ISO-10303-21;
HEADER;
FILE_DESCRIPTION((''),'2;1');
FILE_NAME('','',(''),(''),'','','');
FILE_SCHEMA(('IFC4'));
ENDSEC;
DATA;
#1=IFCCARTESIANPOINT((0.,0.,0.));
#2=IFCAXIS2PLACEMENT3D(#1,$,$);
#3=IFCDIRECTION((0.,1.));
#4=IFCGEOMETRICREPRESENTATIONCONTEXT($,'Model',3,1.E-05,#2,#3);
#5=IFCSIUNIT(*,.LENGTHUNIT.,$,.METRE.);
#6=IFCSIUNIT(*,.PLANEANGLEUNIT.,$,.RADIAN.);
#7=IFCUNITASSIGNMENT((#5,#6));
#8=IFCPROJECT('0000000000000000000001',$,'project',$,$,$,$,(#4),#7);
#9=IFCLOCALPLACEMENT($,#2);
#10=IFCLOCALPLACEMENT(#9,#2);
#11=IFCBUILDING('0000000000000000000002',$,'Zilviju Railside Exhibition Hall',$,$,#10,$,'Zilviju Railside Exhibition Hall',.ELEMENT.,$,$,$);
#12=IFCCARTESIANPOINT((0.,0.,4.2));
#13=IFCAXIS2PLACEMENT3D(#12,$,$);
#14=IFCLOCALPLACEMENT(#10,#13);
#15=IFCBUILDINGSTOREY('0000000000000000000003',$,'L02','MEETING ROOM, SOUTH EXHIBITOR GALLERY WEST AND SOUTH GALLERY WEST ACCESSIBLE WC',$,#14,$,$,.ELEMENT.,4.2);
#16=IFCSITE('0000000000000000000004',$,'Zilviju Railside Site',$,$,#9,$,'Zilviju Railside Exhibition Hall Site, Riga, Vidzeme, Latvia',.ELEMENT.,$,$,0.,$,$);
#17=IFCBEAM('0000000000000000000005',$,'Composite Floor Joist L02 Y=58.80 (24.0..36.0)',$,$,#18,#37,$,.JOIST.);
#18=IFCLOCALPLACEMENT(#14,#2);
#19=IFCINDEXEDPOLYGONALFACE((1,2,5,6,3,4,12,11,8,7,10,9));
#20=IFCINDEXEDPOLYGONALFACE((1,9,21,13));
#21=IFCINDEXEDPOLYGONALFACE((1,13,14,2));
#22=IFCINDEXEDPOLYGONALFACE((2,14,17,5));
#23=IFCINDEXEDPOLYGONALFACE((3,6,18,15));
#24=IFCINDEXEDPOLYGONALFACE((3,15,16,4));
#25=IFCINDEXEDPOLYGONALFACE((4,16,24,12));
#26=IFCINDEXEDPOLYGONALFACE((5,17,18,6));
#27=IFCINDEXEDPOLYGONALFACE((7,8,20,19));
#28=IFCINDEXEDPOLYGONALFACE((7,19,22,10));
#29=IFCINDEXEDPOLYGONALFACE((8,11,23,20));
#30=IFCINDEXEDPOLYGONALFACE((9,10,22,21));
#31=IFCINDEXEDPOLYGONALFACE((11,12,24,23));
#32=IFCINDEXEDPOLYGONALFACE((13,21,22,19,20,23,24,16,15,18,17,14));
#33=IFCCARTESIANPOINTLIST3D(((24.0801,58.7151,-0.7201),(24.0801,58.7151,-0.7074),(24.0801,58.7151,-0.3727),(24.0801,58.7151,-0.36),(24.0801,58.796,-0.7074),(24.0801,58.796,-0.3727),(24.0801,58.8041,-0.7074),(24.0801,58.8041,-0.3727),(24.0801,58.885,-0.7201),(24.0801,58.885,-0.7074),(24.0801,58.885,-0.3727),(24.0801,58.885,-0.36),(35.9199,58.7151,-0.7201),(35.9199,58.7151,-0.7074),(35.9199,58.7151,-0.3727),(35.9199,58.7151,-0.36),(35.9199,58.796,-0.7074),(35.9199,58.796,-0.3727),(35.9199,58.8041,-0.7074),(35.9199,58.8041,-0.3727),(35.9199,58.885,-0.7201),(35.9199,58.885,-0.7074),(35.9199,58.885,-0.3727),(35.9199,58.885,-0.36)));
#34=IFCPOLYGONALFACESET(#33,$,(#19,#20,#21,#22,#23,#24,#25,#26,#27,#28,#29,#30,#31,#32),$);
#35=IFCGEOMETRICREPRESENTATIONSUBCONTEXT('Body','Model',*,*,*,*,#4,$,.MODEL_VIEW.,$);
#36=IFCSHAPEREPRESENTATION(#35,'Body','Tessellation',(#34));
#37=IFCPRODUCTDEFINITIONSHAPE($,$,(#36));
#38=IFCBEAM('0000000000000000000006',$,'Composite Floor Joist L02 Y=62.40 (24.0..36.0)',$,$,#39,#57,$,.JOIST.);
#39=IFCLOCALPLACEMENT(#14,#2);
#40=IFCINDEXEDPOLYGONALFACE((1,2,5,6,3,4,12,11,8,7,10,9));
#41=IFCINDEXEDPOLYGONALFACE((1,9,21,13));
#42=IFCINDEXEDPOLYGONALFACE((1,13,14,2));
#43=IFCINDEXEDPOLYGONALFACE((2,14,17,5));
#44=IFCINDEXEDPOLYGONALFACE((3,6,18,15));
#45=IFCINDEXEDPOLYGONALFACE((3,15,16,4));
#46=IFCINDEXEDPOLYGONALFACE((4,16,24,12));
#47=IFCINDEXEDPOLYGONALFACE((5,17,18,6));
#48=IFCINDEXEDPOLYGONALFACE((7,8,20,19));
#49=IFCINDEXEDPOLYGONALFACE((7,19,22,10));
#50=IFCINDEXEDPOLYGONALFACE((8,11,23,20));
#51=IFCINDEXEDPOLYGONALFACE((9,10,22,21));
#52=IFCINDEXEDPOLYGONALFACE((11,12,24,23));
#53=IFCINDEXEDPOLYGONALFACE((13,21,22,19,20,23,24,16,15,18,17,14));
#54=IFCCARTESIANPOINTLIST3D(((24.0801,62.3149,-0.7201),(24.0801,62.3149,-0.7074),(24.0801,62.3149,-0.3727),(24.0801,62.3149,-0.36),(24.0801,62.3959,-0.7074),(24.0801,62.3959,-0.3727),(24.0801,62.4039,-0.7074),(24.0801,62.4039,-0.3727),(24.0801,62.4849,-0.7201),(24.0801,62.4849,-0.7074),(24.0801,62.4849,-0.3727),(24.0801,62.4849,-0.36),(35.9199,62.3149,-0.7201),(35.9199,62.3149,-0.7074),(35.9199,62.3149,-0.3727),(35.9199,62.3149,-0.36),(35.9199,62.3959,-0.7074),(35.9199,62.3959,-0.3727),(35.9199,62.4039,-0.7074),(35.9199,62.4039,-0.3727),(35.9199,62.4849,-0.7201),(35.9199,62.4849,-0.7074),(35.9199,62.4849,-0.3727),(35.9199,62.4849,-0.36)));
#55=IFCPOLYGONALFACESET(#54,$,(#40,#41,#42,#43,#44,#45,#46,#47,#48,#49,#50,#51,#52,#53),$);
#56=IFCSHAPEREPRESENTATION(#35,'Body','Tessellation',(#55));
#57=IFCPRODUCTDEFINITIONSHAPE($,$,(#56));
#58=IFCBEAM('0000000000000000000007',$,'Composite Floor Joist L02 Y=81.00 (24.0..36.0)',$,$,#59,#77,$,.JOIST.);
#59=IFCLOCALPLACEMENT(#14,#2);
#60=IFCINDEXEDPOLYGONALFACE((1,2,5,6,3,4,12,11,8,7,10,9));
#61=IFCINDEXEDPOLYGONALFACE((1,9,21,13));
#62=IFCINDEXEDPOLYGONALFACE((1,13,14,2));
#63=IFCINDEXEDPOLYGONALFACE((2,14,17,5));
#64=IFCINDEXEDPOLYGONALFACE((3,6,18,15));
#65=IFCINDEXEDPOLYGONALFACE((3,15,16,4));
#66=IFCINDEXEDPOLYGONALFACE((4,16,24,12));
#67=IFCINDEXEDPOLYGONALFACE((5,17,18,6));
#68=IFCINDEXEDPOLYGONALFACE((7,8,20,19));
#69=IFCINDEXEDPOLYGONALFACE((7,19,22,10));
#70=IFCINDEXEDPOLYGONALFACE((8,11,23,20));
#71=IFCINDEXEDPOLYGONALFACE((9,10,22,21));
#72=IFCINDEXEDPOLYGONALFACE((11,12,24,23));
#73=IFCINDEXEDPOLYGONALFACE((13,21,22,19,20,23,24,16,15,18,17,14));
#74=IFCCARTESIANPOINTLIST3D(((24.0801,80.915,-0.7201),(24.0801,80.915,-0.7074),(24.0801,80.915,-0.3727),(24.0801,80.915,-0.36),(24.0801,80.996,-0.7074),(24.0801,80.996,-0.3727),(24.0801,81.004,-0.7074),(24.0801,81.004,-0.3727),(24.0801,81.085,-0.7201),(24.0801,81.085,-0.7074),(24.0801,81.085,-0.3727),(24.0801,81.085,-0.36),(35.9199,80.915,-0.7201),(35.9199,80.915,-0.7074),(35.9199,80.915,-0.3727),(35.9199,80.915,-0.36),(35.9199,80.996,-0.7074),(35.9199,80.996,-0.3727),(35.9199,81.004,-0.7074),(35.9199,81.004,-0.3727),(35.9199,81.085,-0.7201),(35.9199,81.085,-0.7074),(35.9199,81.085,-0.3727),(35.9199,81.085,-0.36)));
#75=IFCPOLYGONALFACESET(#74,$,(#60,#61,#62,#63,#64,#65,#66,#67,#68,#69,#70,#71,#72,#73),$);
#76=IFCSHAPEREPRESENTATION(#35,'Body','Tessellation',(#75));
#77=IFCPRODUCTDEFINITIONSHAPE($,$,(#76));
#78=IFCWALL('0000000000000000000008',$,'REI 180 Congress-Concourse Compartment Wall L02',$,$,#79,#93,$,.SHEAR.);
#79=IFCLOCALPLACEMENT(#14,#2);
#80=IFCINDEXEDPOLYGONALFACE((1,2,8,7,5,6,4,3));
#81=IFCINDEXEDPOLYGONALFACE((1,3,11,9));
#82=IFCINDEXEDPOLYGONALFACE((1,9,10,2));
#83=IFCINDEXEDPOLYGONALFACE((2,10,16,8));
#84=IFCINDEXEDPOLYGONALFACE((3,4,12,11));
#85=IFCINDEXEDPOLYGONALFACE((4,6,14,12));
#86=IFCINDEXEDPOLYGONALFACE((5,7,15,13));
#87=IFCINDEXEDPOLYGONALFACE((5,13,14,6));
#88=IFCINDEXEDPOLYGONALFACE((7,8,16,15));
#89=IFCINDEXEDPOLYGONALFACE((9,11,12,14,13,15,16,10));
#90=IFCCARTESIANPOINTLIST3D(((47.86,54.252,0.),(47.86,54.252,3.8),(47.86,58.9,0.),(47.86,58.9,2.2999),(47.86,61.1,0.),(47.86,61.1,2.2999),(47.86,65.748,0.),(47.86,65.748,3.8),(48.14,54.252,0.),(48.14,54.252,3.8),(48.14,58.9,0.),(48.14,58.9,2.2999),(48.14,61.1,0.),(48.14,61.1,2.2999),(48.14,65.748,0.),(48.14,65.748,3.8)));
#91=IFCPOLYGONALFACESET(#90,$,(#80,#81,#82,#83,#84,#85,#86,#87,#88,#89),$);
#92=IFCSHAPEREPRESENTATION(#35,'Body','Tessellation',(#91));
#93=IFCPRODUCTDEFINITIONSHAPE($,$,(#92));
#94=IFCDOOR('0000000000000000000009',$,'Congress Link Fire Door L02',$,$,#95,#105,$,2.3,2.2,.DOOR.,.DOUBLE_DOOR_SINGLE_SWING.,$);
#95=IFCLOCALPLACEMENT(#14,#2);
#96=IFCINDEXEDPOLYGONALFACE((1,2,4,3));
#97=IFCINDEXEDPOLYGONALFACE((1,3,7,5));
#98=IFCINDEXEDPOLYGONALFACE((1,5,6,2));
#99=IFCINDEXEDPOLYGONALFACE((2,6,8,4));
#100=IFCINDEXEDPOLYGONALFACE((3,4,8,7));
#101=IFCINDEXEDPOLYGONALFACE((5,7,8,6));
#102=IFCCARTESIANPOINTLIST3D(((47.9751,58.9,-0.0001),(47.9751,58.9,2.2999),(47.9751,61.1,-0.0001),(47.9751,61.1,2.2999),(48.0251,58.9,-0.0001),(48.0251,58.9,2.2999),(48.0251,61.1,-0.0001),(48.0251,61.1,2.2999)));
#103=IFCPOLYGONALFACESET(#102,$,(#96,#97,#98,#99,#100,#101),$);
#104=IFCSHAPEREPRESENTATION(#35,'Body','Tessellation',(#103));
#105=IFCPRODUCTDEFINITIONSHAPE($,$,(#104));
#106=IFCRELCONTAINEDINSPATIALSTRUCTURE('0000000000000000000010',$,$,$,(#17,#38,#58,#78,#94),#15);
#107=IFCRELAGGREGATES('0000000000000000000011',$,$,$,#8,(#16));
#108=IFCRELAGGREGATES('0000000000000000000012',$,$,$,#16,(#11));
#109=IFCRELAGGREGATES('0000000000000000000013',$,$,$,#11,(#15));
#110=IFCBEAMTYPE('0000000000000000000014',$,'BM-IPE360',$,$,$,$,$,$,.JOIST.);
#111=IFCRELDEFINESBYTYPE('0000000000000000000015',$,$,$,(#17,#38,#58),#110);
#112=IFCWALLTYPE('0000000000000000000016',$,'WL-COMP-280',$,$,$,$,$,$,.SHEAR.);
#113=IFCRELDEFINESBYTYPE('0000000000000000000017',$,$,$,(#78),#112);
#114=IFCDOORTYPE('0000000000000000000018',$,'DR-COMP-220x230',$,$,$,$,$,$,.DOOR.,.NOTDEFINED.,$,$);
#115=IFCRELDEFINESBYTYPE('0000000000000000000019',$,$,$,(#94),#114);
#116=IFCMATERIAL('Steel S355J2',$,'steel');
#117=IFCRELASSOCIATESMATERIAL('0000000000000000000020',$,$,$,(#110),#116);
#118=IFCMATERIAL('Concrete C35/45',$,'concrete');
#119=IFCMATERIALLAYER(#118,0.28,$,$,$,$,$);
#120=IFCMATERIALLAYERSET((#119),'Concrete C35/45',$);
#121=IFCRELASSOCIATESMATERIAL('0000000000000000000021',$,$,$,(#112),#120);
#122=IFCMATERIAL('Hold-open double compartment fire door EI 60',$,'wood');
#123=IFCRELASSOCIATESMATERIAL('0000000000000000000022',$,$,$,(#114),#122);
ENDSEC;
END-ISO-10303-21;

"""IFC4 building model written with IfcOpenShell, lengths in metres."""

from ifc_helpers import new_model, si_unit, direction, frame, frame_2d, origin, origin_2d, place, context, subcontext, project, spatial, rectangle, i_section, extrude, material, layer, layer_set, material_profile, profile_set, type_object, element, fill, save


model = new_model("IFC4")

# Units and contexts
model_context = context("Model", 3, precision=1e-05, world=origin(), true_north=direction((0.0, 1.0)))
body_context = subcontext(model_context, "Body", "Model", "MODEL_VIEW")
ifc_project = project(units=[si_unit("LENGTHUNIT", "METRE"), si_unit("PLANEANGLEUNIT", "RADIAN")], contexts=[model_context])

# Site, building, storey
site_placement = place(None, origin())
site = spatial("IfcSite", under=ifc_project, at=site_placement, Name="Zilviju Railside Site", LongName="Zilviju Railside Exhibition Hall Site, Riga, Vidzeme, Latvia", CompositionType="ELEMENT", RefElevation=0.0)
building_placement = place(site_placement, origin())
building = spatial("IfcBuilding", under=site, at=building_placement, Name="Zilviju Railside Exhibition Hall", LongName="Zilviju Railside Exhibition Hall", CompositionType="ELEMENT")
storey_placement = place(building_placement, frame((0.0, 0.0, 4.2)))
storey = spatial("IfcBuildingStorey", under=building, at=storey_placement, Name="L02", Description="MEETING ROOM, SOUTH EXHIBITOR GALLERY WEST AND SOUTH GALLERY WEST ACCESSIBLE WC", CompositionType="ELEMENT", Elevation=4.2)

# Shared definitions
ifc_material_1 = material(Name="Concrete C35/45", Category="concrete")
ifc_material_2 = material(Name="Steel S355J2", Category="steel")

# Beams
ifc_material_profile_1 = material_profile(ifc_material_2, i_section(OverallWidth=0.1699, OverallDepth=0.3601, WebThickness=0.0081, FlangeThickness=0.0127, at=origin_2d()), Name="IPE 360")
ifc_profile_set_1 = profile_set([ifc_material_profile_1], Name="Steel S355J2")
beam_type_1 = type_object("IfcBeamType", Name="BM-IPE360", PredefinedType="JOIST", material=ifc_profile_set_1)
for number, where, z_axis, x_axis, name in (
    (1, (24.0801, 58.8, -0.54), (1.0, 0.0, 0.0), (0.0, 1.0, 0.0), "Composite Floor Joist L02 Y=58.80 (24.0..36.0)"),
    (2, (24.0801, 62.3999, -0.54), (1.0, 0.0, 0.0), (0.0, 1.0, 0.0), "Composite Floor Joist L02 Y=62.40 (24.0..36.0)"),
    (3, (24.0801, 81.0, -0.54), (1.0, 0.0, 0.0), (0.0, 1.0, 0.0), "Composite Floor Joist L02 Y=81.00 (24.0..36.0)"),
):
    element("IfcBeam", number, at=place(storey_placement, frame(where, z_axis=z_axis, x_axis=x_axis)), inside=storey, type_object=beam_type_1, Name=name, PredefinedType="JOIST", context=body_context, shape_type="SweptSolid", body=[
        extrude(i_section(OverallWidth=0.1699, OverallDepth=0.3601, WebThickness=0.0081, FlangeThickness=0.0127, at=origin_2d()), origin(), (0.0, 0.0, 1.0), 11.8398),
    ])

# Wall, opening, door
ifc_layer = layer(ifc_material_1, 0.28)
ifc_layer_set = layer_set([ifc_layer], Name="Concrete C35/45")
wall_type = type_object("IfcWallType", Name="WL-COMP-280", PredefinedType="SHEAR", material=ifc_layer_set)
wall_placement = place(storey_placement, frame((48.0, 54.252, 0.0), z_axis=(0.0, 0.0, 1.0), x_axis=(0.0, 1.0, 0.0)))
wall = element("IfcWall", 4, at=wall_placement, inside=storey, type_object=wall_type, Name="REI 180 Congress-Concourse Compartment Wall L02", PredefinedType="SHEAR", context=body_context, shape_type="SweptSolid", body=[
    extrude(rectangle(XDim=11.4961, YDim=0.28, at=frame_2d((5.748, 0.0))), origin(), (0.0, 0.0, 1.0), 3.8),
])
opening_placement = place(wall_placement, frame((4.6479, 0.0, 0.0)))
opening = element("IfcOpeningElement", 5, at=opening_placement, cuts=wall, PredefinedType="OPENING", context=body_context, shape_type="SweptSolid", body=[
    extrude(rectangle(XDim=2.2, YDim=2.3, at=frame_2d((1.1001, 1.1499))), frame((0.0, 0.1499, 0.0), z_axis=(0.0, -1.0, 0.0), x_axis=(1.0, 0.0, 0.0)), (0.0, 0.0, 1.0), 0.3),
])
ifc_material_3 = material(Name="Hold-open double compartment fire door EI 60", Category="wood")
door_type = type_object("IfcDoorType", Name="DR-COMP-220x230", OperationType="NOTDEFINED", PredefinedType="DOOR", material=ifc_material_3)
door_placement = place(opening_placement, origin())
door = element("IfcDoor", 6, at=door_placement, inside=storey, type_object=door_type, Name="Congress Link Fire Door L02", OperationType="DOUBLE_DOOR_SINGLE_SWING", OverallHeight=2.3, OverallWidth=2.2, PredefinedType="DOOR", context=body_context, shape_type="SweptSolid", body=[
    extrude(rectangle(XDim=2.2, YDim=2.3, at=frame_2d((1.1001, 1.1499))), frame((0.0, 0.0249, 0.0), z_axis=(0.0, -1.0, 0.0), x_axis=(1.0, 0.0, 0.0)), (0.0, 0.0, 1.0), 0.05),
])
fill(opening, door)

save(model, "model.ifc")
